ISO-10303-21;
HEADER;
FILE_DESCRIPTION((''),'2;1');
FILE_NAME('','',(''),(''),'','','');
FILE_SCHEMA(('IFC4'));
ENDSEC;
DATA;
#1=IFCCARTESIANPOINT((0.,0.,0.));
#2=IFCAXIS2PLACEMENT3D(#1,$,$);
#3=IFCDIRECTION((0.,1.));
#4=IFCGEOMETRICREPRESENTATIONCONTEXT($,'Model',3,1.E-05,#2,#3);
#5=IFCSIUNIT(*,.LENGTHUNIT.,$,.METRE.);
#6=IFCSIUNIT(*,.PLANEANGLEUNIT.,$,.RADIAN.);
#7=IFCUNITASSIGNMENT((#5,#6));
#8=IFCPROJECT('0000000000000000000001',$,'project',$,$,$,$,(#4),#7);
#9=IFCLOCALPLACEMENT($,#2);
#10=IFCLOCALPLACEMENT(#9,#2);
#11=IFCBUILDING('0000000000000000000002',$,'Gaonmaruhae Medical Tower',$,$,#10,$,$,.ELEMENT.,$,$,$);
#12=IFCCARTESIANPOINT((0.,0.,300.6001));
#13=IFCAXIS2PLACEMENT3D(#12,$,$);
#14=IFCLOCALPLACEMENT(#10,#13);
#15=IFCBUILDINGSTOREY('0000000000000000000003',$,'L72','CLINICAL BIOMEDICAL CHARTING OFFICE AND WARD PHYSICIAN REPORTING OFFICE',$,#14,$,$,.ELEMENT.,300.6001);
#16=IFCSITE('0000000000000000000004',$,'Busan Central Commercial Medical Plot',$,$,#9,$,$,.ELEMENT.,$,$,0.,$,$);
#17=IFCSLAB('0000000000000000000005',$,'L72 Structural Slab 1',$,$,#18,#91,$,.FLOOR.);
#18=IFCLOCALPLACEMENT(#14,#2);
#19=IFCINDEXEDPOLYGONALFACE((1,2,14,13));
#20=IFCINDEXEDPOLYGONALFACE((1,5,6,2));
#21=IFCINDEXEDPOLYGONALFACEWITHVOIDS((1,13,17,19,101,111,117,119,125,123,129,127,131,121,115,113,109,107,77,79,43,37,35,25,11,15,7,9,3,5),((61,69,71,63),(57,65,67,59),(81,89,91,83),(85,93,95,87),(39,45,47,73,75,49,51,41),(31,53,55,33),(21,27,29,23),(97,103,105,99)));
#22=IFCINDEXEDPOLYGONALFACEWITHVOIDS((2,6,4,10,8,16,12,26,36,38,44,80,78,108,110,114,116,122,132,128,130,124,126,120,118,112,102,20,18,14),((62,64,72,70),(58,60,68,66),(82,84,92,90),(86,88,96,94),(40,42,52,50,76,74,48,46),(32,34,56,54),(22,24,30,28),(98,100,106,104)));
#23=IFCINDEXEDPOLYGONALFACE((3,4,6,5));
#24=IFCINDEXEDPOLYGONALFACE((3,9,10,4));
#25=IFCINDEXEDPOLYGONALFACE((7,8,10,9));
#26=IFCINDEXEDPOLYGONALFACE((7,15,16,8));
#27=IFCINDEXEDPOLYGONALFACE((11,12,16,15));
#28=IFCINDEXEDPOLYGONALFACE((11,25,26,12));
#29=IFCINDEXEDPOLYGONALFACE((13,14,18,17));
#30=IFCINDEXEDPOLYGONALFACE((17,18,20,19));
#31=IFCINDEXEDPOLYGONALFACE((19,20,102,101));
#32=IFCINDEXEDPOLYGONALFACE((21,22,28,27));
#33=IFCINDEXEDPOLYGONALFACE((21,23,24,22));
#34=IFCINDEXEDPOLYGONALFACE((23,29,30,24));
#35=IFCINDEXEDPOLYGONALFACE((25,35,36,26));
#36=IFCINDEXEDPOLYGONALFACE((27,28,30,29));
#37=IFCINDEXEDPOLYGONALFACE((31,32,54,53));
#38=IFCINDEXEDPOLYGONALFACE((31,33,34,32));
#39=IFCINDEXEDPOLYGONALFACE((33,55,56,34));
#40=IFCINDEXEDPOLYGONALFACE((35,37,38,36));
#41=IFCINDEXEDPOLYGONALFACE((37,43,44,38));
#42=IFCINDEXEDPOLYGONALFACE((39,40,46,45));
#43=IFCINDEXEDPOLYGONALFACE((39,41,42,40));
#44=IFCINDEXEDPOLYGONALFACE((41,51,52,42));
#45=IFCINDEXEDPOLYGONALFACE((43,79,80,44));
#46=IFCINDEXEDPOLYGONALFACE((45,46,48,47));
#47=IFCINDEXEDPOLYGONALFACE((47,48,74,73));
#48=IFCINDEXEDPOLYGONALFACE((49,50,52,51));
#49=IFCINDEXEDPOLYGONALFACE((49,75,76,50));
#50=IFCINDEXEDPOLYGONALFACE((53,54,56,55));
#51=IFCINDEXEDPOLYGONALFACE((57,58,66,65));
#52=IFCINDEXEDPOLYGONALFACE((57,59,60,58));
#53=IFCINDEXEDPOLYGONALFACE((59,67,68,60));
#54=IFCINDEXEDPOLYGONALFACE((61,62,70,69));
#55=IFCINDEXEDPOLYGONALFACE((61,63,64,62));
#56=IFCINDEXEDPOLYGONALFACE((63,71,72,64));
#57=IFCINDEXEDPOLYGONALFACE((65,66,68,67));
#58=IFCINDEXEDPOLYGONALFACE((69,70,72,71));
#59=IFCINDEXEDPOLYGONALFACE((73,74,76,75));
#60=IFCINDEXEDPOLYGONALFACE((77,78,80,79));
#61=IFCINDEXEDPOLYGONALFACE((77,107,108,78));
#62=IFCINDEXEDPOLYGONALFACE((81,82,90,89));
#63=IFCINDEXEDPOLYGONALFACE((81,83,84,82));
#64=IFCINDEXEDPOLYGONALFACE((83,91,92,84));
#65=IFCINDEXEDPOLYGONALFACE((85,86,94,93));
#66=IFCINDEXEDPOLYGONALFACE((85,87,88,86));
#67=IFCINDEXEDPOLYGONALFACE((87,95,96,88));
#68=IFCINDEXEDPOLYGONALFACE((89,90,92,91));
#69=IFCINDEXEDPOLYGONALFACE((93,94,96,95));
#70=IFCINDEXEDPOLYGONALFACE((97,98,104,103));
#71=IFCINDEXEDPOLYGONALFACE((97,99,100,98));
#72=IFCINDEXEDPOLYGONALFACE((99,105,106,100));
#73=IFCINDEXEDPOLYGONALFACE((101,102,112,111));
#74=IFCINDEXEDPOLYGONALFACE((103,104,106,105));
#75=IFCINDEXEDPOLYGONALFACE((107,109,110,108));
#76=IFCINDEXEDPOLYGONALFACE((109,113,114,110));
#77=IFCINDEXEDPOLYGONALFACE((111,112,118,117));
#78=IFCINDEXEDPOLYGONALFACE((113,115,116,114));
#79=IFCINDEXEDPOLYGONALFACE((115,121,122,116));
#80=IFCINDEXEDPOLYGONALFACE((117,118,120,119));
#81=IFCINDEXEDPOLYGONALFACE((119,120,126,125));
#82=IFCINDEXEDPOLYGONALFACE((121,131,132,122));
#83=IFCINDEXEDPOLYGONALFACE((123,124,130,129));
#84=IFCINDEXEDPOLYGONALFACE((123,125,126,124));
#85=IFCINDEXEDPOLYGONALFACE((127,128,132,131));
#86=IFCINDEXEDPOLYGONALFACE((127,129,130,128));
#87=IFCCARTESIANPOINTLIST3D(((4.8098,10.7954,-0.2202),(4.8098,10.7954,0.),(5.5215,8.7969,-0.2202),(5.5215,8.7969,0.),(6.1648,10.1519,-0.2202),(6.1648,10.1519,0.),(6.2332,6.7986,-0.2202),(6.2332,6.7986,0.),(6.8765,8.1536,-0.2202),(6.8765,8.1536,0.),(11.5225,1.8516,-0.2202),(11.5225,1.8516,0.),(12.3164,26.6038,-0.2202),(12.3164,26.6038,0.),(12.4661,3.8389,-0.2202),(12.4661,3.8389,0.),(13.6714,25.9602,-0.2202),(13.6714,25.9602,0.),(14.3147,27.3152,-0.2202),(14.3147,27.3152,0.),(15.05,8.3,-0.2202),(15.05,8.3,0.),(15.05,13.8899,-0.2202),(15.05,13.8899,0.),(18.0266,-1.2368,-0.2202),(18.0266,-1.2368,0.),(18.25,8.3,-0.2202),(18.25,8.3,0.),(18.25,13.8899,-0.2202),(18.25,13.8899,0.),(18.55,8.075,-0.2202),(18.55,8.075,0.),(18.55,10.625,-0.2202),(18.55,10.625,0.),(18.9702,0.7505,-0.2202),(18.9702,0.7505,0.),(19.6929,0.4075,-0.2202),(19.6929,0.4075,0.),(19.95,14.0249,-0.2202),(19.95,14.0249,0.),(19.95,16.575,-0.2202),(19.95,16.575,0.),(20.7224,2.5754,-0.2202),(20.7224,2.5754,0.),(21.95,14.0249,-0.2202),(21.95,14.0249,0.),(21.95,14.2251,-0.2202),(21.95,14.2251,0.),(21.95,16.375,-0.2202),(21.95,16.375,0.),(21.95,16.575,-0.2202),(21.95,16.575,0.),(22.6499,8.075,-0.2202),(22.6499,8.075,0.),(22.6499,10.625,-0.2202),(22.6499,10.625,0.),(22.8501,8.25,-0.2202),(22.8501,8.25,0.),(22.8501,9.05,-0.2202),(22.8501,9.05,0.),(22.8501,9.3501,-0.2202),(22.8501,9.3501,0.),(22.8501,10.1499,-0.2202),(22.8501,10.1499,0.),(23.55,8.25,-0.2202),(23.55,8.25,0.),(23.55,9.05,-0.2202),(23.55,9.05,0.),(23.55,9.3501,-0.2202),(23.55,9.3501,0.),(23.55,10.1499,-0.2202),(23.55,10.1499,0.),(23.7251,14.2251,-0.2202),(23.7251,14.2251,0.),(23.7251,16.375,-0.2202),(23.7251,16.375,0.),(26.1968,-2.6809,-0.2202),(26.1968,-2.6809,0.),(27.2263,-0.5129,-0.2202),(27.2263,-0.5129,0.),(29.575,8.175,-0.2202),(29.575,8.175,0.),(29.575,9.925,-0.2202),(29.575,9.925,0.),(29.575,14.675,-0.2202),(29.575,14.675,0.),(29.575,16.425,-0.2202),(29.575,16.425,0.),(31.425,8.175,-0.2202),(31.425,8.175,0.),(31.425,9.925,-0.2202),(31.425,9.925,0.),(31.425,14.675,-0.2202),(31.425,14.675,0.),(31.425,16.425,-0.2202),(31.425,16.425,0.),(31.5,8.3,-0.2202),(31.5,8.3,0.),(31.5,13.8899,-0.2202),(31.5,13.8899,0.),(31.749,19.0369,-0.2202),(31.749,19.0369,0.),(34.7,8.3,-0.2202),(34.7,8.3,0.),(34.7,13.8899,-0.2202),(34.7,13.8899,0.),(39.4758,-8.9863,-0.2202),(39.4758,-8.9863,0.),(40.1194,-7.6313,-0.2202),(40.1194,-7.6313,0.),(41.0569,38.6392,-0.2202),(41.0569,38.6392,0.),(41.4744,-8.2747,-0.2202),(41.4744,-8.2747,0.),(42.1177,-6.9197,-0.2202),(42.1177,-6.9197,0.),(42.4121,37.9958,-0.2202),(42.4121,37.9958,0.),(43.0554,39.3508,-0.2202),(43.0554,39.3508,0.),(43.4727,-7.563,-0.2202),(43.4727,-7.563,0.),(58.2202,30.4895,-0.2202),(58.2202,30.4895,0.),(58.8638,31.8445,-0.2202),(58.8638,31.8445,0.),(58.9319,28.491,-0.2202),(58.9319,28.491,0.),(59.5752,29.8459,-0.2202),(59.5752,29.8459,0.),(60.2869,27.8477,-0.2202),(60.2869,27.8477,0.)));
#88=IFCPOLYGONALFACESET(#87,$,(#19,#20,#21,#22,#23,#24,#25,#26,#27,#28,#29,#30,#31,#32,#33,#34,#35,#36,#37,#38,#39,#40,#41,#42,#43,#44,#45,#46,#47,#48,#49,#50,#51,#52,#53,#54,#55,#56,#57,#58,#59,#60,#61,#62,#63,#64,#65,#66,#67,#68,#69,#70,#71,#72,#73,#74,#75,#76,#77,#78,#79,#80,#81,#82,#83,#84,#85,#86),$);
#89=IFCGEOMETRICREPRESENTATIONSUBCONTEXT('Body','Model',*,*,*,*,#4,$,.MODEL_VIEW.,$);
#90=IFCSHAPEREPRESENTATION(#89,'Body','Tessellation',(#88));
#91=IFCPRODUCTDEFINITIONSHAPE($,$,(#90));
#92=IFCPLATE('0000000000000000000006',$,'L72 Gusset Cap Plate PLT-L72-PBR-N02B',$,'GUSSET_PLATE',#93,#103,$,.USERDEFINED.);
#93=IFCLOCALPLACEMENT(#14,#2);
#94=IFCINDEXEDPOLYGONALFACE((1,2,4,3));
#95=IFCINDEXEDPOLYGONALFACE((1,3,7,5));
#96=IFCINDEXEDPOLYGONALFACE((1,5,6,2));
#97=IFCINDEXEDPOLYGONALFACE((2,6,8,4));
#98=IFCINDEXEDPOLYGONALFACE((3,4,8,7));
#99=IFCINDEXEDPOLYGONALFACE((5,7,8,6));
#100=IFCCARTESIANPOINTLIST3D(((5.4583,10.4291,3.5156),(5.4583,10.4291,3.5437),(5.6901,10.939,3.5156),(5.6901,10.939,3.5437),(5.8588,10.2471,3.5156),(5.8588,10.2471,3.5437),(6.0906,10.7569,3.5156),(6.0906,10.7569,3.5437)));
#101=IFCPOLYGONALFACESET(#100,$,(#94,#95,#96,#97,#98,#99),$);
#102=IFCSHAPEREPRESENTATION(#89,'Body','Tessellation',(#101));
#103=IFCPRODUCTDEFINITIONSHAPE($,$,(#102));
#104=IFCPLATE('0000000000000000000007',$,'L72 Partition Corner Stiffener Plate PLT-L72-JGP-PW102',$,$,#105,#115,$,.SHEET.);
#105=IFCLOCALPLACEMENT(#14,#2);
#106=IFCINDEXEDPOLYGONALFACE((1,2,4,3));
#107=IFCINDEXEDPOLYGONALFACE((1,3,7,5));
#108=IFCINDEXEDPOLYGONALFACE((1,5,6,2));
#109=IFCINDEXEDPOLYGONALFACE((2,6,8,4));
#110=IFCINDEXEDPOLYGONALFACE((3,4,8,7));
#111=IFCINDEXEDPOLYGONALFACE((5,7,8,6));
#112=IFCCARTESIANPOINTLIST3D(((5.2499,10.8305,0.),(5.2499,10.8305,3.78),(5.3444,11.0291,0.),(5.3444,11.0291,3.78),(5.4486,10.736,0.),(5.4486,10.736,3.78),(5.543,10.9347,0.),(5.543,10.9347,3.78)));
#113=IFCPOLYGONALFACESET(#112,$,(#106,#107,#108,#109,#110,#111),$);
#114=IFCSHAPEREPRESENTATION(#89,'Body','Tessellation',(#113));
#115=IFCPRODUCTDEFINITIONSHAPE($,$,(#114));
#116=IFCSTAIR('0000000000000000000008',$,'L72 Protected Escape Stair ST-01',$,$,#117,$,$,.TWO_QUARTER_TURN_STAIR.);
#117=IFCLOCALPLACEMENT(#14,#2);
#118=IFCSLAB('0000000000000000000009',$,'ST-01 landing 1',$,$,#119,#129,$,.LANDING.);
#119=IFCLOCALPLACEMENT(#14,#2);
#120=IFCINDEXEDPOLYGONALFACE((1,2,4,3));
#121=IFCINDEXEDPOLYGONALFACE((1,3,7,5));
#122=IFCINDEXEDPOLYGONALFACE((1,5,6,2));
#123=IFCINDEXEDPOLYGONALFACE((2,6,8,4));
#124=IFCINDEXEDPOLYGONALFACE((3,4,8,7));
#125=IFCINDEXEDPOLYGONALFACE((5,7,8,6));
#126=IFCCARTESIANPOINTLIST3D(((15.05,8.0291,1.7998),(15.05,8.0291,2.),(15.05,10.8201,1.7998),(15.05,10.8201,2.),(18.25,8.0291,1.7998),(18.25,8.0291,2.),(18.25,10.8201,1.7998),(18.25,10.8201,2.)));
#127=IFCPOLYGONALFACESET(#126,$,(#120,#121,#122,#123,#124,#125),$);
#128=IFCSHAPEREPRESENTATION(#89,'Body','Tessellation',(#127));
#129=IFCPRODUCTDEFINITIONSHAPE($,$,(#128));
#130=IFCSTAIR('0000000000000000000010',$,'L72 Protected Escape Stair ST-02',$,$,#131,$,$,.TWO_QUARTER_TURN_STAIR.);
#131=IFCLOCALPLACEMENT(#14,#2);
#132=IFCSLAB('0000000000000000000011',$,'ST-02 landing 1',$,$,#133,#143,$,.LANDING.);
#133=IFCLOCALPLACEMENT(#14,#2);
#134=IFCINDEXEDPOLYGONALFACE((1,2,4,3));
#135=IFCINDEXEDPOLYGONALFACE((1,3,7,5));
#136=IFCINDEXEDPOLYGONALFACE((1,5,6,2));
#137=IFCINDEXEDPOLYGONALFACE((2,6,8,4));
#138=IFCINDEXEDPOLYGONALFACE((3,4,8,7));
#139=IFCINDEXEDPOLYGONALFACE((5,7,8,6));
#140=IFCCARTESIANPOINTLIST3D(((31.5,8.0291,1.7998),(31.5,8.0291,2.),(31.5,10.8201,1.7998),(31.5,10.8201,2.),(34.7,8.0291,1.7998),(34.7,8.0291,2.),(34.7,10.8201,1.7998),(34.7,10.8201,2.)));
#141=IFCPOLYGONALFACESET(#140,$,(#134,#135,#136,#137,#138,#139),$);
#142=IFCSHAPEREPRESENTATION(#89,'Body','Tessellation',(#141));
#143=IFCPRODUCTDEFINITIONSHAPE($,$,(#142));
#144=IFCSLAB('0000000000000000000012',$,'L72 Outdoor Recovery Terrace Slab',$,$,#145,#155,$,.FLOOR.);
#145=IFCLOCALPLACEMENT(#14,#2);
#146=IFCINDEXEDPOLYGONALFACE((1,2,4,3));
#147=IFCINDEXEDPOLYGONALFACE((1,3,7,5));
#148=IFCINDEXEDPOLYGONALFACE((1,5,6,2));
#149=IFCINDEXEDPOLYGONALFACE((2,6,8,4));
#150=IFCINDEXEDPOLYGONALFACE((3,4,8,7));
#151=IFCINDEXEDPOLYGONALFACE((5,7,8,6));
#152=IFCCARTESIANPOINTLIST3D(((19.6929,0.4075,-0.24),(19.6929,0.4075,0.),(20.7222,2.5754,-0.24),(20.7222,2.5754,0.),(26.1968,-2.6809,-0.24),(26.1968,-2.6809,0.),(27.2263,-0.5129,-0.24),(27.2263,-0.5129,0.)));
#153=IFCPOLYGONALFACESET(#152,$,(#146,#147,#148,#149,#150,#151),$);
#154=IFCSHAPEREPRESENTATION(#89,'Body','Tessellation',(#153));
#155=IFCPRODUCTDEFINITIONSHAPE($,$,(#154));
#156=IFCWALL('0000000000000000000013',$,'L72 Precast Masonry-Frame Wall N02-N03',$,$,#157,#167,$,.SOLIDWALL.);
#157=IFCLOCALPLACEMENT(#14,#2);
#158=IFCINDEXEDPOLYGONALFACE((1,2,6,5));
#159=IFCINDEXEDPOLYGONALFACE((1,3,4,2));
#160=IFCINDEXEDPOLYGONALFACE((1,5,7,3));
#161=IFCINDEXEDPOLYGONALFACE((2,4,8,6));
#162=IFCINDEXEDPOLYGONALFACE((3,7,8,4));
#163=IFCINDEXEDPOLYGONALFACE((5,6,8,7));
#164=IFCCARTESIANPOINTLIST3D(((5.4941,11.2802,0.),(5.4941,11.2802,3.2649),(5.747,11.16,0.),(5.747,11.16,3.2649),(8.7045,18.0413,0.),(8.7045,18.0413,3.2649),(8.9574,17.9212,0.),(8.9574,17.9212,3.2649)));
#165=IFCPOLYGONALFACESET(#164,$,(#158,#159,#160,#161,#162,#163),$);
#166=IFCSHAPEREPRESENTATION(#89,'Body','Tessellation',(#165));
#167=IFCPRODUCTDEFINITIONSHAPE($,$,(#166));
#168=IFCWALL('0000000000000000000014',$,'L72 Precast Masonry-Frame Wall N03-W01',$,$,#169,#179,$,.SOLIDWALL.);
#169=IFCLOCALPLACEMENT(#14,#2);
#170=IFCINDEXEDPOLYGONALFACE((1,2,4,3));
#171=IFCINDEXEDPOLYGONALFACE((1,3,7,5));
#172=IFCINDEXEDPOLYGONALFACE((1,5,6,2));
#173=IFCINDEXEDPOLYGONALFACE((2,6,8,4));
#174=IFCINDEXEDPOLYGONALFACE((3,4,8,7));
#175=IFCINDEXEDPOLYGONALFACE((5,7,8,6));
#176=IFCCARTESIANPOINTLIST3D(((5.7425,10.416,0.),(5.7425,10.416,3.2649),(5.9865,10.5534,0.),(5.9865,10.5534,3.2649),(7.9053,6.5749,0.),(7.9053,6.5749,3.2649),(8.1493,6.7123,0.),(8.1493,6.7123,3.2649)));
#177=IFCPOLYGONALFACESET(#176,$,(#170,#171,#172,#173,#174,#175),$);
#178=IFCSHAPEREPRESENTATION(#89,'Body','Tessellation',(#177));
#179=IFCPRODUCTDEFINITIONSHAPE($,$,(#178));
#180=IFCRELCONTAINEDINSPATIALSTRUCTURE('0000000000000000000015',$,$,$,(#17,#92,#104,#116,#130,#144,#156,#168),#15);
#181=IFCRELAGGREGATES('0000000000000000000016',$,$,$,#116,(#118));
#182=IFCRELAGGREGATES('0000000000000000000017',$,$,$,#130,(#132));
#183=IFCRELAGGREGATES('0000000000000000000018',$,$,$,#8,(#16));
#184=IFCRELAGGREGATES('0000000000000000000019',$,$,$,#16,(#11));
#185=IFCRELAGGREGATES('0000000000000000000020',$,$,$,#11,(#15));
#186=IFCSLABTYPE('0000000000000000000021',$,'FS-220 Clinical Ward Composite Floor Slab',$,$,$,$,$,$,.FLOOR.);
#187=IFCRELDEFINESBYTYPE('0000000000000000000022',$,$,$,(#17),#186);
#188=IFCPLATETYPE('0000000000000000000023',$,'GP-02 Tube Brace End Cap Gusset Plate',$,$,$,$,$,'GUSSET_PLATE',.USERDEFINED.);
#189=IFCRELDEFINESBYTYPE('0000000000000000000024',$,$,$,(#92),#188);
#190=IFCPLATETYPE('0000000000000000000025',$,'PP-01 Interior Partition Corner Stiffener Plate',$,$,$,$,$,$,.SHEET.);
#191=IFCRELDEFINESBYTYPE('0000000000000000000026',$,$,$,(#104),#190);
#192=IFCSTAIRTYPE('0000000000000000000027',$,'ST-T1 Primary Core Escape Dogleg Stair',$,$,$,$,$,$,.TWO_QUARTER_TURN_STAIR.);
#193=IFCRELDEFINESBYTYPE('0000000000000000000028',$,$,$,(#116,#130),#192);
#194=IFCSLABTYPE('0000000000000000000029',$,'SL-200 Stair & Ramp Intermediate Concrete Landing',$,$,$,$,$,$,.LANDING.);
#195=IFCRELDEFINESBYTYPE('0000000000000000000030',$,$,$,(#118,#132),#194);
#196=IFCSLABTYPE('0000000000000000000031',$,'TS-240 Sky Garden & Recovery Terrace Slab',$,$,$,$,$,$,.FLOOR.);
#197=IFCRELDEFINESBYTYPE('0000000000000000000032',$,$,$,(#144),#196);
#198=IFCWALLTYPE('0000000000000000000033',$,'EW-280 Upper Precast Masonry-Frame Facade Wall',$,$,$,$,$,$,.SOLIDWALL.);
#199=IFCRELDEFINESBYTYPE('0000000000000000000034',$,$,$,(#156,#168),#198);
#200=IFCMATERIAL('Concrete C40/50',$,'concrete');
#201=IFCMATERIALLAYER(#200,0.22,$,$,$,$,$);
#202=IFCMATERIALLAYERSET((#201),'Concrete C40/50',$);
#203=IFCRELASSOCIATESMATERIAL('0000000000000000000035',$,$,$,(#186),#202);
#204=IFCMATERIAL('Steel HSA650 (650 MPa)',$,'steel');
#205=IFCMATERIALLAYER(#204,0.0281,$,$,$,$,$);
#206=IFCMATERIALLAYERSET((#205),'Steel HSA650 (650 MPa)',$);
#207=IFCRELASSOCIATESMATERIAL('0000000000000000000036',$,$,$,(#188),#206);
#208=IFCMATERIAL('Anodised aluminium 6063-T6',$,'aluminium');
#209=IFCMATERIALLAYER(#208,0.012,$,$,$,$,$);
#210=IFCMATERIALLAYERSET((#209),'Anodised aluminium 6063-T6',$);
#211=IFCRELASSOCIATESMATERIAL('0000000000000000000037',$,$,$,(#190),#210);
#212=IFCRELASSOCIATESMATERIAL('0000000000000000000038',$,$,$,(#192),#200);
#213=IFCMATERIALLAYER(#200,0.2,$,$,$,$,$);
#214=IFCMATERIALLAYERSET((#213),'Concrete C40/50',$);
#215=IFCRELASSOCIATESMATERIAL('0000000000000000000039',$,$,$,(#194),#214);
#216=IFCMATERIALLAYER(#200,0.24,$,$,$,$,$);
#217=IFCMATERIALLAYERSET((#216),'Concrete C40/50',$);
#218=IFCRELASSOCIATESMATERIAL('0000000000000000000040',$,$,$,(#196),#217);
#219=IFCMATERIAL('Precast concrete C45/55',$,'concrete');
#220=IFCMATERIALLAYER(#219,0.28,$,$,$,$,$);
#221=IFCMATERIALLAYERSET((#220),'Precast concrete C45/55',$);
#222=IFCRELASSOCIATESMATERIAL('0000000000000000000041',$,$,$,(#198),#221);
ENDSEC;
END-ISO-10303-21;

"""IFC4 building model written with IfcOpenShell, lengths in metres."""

from ifc_helpers import new_model, si_unit, direction, frame, frame_2d, origin, origin_2d, place, context, subcontext, project, spatial, polyline, rectangle, outline, extrude, material, layer, layer_set, type_object, element, aggregate, save


model = new_model("IFC4")

# Units and contexts
model_context = context("Model", 3, precision=1e-05, world=origin(), true_north=direction((0.0, 1.0)))
body_context = subcontext(model_context, "Body", "Model", "MODEL_VIEW")
ifc_project = project(units=[si_unit("LENGTHUNIT", "METRE"), si_unit("PLANEANGLEUNIT", "RADIAN")], contexts=[model_context])

# Site, building, storey
site_placement = place(None, origin())
site = spatial("IfcSite", under=ifc_project, at=site_placement, Name="Busan Central Commercial Medical Plot", CompositionType="ELEMENT", RefElevation=0.0)
building_placement = place(site_placement, origin())
building = spatial("IfcBuilding", under=site, at=building_placement, Name="Gaonmaruhae Medical Tower", CompositionType="ELEMENT")
storey_placement = place(building_placement, frame((0.0, 0.0, 300.6001)))
storey = spatial("IfcBuildingStorey", under=building, at=storey_placement, Name="L72", Description="CLINICAL BIOMEDICAL CHARTING OFFICE AND WARD PHYSICIAN REPORTING OFFICE", CompositionType="ELEMENT", Elevation=300.6001)

# Slab
ifc_material_1 = material(Name="Concrete C40/50", Category="concrete")
ifc_layer_1 = layer(ifc_material_1, 0.22)
ifc_layer_set_1 = layer_set([ifc_layer_1], Name="Concrete C40/50")
slab_type_1 = type_object("IfcSlabType", Name="FS-220 Clinical Ward Composite Floor Slab", PredefinedType="FLOOR", material=ifc_layer_set_1)
slab_1_placement = place(storey_placement, frame((0.0, 0.0, -0.2202)))
element("IfcSlab", 1, at=slab_1_placement, inside=storey, type_object=slab_type_1, Name="L72 Structural Slab 1", PredefinedType="FLOOR", context=body_context, shape_type="SweptSolid", body=[
    extrude(outline(polyline([(6.8765, 8.1536), (5.5215, 8.7969), (6.1648, 10.1519), (4.8098, 10.7954), (12.3164, 26.6038), (13.6714, 25.9602), (14.3147, 27.3152), (31.749, 19.0369), (41.0569, 38.6392), (42.4121, 37.9958), (43.0554, 39.3508), (58.8638, 31.8445), (58.2202, 30.4895), (59.5752, 29.8459), (58.9319, 28.491), (60.2869, 27.8477), (43.4727, -7.563), (42.1177, -6.9197), (41.4744, -8.2747), (40.1194, -7.6313), (39.4758, -8.9863), (26.1968, -2.6809), (27.2263, -0.5129), (20.7224, 2.5754), (19.6929, 0.4075), (18.9702, 0.7505), (18.0266, -1.2368), (11.5225, 1.8516), (12.4661, 3.8389), (6.2332, 6.7986), (6.8765, 8.1536)]), holes=[polyline([(23.55, 8.25), (22.8501, 8.25), (22.8501, 9.05), (23.55, 9.05), (23.55, 8.25)]), polyline([(29.575, 9.925), (31.425, 9.925), (31.425, 8.175), (29.575, 8.175), (29.575, 9.925)]), polyline([(18.55, 10.625), (22.6499, 10.625), (22.6499, 8.075), (18.55, 8.075), (18.55, 10.625)]), polyline([(23.55, 9.3501), (22.8501, 9.3501), (22.8501, 10.1499), (23.55, 10.1499), (23.55, 9.3501)]), polyline([(15.05, 13.8899), (18.25, 13.8899), (18.25, 8.3), (15.05, 8.3), (15.05, 13.8899)]), polyline([(31.5, 13.8899), (34.7, 13.8899), (34.7, 8.3), (31.5, 8.3), (31.5, 13.8899)]), polyline([(23.7251, 14.2251), (21.95, 14.2251), (21.95, 14.0249), (19.95, 14.0249), (19.95, 16.575), (21.95, 16.575), (21.95, 16.375), (23.7251, 16.375), (23.7251, 14.2251)]), polyline([(31.425, 16.425), (31.425, 14.675), (29.575, 14.675), (29.575, 16.425), (31.425, 16.425)])]), origin(), (0.0, 0.0, 1.0), 0.2202),
])

# Plates
ifc_material_2 = material(Name="Steel HSA650 (650 MPa)", Category="steel")
ifc_layer_2 = layer(ifc_material_2, 0.0281)
ifc_layer_set_2 = layer_set([ifc_layer_2], Name="Steel HSA650 (650 MPa)")
plate_type_1 = type_object("IfcPlateType", Name="GP-02 Tube Brace End Cap Gusset Plate", ElementType="GUSSET_PLATE", PredefinedType="USERDEFINED", material=ifc_layer_set_2)
plate_1_placement = place(storey_placement, frame((5.7744, 10.593, 3.5156), z_axis=(0.0, 0.0, 1.0), x_axis=(0.413899, 0.910323, 0.0)))
element("IfcPlate", 2, at=plate_1_placement, inside=storey, type_object=plate_type_1, Name="L72 Gusset Cap Plate PLT-L72-PBR-N02B", ObjectType="GUSSET_PLATE", PredefinedType="USERDEFINED", context=body_context, shape_type="SweptSolid", body=[
    extrude(rectangle(XDim=0.5601, YDim=0.4399, at=origin_2d()), origin(), (0.0, 0.0, 1.0), 0.0281),
])
ifc_material_3 = material(Name="Anodised aluminium 6063-T6", Category="aluminium")
ifc_layer_3 = layer(ifc_material_3, 0.012)
ifc_layer_set_3 = layer_set([ifc_layer_3], Name="Anodised aluminium 6063-T6")
plate_type_2 = type_object("IfcPlateType", Name="PP-01 Interior Partition Corner Stiffener Plate", PredefinedType="SHEET", material=ifc_layer_set_3)
plate_2_placement = place(storey_placement, frame((5.3965, 10.8826, 0.0), z_axis=(0.0, 0.0, 1.0), x_axis=(-0.903118, 0.429392, 0.0)))
element("IfcPlate", 3, at=plate_2_placement, inside=storey, type_object=plate_type_2, Name="L72 Partition Corner Stiffener Plate PLT-L72-JGP-PW102", PredefinedType="SHEET", context=body_context, shape_type="SweptSolid", body=[
    extrude(rectangle(XDim=0.22, YDim=0.22, at=origin_2d()), origin(), (0.0, 0.0, 1.0), 3.78),
])

# Stairs, slabs
stair_type = type_object("IfcStairType", Name="ST-T1 Primary Core Escape Dogleg Stair", PredefinedType="TWO_QUARTER_TURN_STAIR", material=ifc_material_1)
stair_1_placement = place(storey_placement, origin())
stair_1 = element("IfcStair", 4, at=stair_1_placement, inside=storey, type_object=stair_type, Name="L72 Protected Escape Stair ST-01", PredefinedType="TWO_QUARTER_TURN_STAIR")
ifc_layer_4 = layer(ifc_material_1, 0.2)
ifc_layer_set_4 = layer_set([ifc_layer_4], Name="Concrete C40/50")
slab_type_2 = type_object("IfcSlabType", Name="SL-200 Stair & Ramp Intermediate Concrete Landing", PredefinedType="LANDING", material=ifc_layer_set_4)
slab_2_placement = place(storey_placement, frame((0.0, 0.0, 1.7998)))
slab_2 = element("IfcSlab", 5, at=slab_2_placement, type_object=slab_type_2, Name="ST-01 landing 1", PredefinedType="LANDING", context=body_context, shape_type="SweptSolid", body=[
    extrude(outline(polyline([(15.05, 10.8201), (15.05, 8.0291), (18.25, 8.0291), (18.25, 10.8201), (15.05, 10.8201)])), origin(), (0.0, 0.0, 1.0), 0.2002),
])
aggregate(stair_1, [slab_2])
stair_2_placement = place(storey_placement, origin())
stair_2 = element("IfcStair", 6, at=stair_2_placement, inside=storey, type_object=stair_type, Name="L72 Protected Escape Stair ST-02", PredefinedType="TWO_QUARTER_TURN_STAIR")
slab_3_placement = place(storey_placement, frame((0.0, 0.0, 1.7998)))
slab_3 = element("IfcSlab", 7, at=slab_3_placement, type_object=slab_type_2, Name="ST-02 landing 1", PredefinedType="LANDING", context=body_context, shape_type="SweptSolid", body=[
    extrude(outline(polyline([(31.5, 10.8201), (31.5, 8.0291), (34.7, 8.0291), (34.7, 10.8201), (31.5, 10.8201)])), origin(), (0.0, 0.0, 1.0), 0.2002),
])
aggregate(stair_2, [slab_3])

# Slab
ifc_layer_5 = layer(ifc_material_1, 0.24)
ifc_layer_set_5 = layer_set([ifc_layer_5], Name="Concrete C40/50")
slab_type_3 = type_object("IfcSlabType", Name="TS-240 Sky Garden & Recovery Terrace Slab", PredefinedType="FLOOR", material=ifc_layer_set_5)
slab_4_placement = place(storey_placement, frame((0.0, 0.0, -0.24)))
element("IfcSlab", 8, at=slab_4_placement, inside=storey, type_object=slab_type_3, Name="L72 Outdoor Recovery Terrace Slab", PredefinedType="FLOOR", context=body_context, shape_type="SweptSolid", body=[
    extrude(outline(polyline([(26.1968, -2.6809), (27.2263, -0.5129), (20.7222, 2.5754), (19.6929, 0.4075), (26.1968, -2.6809)])), origin(), (0.0, 0.0, 1.0), 0.24),
])

# Walls
ifc_material_4 = material(Name="Precast concrete C45/55", Category="concrete")
ifc_layer_6 = layer(ifc_material_4, 0.28)
ifc_layer_set_6 = layer_set([ifc_layer_6], Name="Precast concrete C45/55")
wall_type_1 = type_object("IfcWallType", Name="EW-280 Upper Precast Masonry-Frame Facade Wall", PredefinedType="SOLIDWALL", material=ifc_layer_set_6)
wall_1_placement = place(storey_placement, frame((5.6206, 11.2202, 0.0), z_axis=(0.0, 0.0, 1.0), x_axis=(0.428933, 0.903336, 0.0)))
element("IfcWall", 9, at=wall_1_placement, inside=storey, type_object=wall_type_1, Name="L72 Precast Masonry-Frame Wall N02-N03", PredefinedType="SOLIDWALL", context=body_context, shape_type="SweptSolid", body=[
    extrude(rectangle(XDim=7.4846, YDim=0.28, at=frame_2d((3.7422, 0.0))), origin(), (0.0, 0.0, 1.0), 3.2649),
])
wall_2_placement = place(storey_placement, frame((8.0273, 6.6436, 0.0), z_axis=(0.0, 0.0, 1.0), x_axis=(-0.490648, 0.871358, 0.0)))
element("IfcWall", 10, at=wall_2_placement, inside=storey, type_object=wall_type_1, Name="L72 Precast Masonry-Frame Wall N03-W01", PredefinedType="SOLIDWALL", context=body_context, shape_type="SweptSolid", body=[
    extrude(rectangle(XDim=4.4082, YDim=0.28, at=frame_2d((2.2041, 0.0))), origin(), (0.0, 0.0, 1.0), 3.2649),
])

save(model, "model.ifc")
